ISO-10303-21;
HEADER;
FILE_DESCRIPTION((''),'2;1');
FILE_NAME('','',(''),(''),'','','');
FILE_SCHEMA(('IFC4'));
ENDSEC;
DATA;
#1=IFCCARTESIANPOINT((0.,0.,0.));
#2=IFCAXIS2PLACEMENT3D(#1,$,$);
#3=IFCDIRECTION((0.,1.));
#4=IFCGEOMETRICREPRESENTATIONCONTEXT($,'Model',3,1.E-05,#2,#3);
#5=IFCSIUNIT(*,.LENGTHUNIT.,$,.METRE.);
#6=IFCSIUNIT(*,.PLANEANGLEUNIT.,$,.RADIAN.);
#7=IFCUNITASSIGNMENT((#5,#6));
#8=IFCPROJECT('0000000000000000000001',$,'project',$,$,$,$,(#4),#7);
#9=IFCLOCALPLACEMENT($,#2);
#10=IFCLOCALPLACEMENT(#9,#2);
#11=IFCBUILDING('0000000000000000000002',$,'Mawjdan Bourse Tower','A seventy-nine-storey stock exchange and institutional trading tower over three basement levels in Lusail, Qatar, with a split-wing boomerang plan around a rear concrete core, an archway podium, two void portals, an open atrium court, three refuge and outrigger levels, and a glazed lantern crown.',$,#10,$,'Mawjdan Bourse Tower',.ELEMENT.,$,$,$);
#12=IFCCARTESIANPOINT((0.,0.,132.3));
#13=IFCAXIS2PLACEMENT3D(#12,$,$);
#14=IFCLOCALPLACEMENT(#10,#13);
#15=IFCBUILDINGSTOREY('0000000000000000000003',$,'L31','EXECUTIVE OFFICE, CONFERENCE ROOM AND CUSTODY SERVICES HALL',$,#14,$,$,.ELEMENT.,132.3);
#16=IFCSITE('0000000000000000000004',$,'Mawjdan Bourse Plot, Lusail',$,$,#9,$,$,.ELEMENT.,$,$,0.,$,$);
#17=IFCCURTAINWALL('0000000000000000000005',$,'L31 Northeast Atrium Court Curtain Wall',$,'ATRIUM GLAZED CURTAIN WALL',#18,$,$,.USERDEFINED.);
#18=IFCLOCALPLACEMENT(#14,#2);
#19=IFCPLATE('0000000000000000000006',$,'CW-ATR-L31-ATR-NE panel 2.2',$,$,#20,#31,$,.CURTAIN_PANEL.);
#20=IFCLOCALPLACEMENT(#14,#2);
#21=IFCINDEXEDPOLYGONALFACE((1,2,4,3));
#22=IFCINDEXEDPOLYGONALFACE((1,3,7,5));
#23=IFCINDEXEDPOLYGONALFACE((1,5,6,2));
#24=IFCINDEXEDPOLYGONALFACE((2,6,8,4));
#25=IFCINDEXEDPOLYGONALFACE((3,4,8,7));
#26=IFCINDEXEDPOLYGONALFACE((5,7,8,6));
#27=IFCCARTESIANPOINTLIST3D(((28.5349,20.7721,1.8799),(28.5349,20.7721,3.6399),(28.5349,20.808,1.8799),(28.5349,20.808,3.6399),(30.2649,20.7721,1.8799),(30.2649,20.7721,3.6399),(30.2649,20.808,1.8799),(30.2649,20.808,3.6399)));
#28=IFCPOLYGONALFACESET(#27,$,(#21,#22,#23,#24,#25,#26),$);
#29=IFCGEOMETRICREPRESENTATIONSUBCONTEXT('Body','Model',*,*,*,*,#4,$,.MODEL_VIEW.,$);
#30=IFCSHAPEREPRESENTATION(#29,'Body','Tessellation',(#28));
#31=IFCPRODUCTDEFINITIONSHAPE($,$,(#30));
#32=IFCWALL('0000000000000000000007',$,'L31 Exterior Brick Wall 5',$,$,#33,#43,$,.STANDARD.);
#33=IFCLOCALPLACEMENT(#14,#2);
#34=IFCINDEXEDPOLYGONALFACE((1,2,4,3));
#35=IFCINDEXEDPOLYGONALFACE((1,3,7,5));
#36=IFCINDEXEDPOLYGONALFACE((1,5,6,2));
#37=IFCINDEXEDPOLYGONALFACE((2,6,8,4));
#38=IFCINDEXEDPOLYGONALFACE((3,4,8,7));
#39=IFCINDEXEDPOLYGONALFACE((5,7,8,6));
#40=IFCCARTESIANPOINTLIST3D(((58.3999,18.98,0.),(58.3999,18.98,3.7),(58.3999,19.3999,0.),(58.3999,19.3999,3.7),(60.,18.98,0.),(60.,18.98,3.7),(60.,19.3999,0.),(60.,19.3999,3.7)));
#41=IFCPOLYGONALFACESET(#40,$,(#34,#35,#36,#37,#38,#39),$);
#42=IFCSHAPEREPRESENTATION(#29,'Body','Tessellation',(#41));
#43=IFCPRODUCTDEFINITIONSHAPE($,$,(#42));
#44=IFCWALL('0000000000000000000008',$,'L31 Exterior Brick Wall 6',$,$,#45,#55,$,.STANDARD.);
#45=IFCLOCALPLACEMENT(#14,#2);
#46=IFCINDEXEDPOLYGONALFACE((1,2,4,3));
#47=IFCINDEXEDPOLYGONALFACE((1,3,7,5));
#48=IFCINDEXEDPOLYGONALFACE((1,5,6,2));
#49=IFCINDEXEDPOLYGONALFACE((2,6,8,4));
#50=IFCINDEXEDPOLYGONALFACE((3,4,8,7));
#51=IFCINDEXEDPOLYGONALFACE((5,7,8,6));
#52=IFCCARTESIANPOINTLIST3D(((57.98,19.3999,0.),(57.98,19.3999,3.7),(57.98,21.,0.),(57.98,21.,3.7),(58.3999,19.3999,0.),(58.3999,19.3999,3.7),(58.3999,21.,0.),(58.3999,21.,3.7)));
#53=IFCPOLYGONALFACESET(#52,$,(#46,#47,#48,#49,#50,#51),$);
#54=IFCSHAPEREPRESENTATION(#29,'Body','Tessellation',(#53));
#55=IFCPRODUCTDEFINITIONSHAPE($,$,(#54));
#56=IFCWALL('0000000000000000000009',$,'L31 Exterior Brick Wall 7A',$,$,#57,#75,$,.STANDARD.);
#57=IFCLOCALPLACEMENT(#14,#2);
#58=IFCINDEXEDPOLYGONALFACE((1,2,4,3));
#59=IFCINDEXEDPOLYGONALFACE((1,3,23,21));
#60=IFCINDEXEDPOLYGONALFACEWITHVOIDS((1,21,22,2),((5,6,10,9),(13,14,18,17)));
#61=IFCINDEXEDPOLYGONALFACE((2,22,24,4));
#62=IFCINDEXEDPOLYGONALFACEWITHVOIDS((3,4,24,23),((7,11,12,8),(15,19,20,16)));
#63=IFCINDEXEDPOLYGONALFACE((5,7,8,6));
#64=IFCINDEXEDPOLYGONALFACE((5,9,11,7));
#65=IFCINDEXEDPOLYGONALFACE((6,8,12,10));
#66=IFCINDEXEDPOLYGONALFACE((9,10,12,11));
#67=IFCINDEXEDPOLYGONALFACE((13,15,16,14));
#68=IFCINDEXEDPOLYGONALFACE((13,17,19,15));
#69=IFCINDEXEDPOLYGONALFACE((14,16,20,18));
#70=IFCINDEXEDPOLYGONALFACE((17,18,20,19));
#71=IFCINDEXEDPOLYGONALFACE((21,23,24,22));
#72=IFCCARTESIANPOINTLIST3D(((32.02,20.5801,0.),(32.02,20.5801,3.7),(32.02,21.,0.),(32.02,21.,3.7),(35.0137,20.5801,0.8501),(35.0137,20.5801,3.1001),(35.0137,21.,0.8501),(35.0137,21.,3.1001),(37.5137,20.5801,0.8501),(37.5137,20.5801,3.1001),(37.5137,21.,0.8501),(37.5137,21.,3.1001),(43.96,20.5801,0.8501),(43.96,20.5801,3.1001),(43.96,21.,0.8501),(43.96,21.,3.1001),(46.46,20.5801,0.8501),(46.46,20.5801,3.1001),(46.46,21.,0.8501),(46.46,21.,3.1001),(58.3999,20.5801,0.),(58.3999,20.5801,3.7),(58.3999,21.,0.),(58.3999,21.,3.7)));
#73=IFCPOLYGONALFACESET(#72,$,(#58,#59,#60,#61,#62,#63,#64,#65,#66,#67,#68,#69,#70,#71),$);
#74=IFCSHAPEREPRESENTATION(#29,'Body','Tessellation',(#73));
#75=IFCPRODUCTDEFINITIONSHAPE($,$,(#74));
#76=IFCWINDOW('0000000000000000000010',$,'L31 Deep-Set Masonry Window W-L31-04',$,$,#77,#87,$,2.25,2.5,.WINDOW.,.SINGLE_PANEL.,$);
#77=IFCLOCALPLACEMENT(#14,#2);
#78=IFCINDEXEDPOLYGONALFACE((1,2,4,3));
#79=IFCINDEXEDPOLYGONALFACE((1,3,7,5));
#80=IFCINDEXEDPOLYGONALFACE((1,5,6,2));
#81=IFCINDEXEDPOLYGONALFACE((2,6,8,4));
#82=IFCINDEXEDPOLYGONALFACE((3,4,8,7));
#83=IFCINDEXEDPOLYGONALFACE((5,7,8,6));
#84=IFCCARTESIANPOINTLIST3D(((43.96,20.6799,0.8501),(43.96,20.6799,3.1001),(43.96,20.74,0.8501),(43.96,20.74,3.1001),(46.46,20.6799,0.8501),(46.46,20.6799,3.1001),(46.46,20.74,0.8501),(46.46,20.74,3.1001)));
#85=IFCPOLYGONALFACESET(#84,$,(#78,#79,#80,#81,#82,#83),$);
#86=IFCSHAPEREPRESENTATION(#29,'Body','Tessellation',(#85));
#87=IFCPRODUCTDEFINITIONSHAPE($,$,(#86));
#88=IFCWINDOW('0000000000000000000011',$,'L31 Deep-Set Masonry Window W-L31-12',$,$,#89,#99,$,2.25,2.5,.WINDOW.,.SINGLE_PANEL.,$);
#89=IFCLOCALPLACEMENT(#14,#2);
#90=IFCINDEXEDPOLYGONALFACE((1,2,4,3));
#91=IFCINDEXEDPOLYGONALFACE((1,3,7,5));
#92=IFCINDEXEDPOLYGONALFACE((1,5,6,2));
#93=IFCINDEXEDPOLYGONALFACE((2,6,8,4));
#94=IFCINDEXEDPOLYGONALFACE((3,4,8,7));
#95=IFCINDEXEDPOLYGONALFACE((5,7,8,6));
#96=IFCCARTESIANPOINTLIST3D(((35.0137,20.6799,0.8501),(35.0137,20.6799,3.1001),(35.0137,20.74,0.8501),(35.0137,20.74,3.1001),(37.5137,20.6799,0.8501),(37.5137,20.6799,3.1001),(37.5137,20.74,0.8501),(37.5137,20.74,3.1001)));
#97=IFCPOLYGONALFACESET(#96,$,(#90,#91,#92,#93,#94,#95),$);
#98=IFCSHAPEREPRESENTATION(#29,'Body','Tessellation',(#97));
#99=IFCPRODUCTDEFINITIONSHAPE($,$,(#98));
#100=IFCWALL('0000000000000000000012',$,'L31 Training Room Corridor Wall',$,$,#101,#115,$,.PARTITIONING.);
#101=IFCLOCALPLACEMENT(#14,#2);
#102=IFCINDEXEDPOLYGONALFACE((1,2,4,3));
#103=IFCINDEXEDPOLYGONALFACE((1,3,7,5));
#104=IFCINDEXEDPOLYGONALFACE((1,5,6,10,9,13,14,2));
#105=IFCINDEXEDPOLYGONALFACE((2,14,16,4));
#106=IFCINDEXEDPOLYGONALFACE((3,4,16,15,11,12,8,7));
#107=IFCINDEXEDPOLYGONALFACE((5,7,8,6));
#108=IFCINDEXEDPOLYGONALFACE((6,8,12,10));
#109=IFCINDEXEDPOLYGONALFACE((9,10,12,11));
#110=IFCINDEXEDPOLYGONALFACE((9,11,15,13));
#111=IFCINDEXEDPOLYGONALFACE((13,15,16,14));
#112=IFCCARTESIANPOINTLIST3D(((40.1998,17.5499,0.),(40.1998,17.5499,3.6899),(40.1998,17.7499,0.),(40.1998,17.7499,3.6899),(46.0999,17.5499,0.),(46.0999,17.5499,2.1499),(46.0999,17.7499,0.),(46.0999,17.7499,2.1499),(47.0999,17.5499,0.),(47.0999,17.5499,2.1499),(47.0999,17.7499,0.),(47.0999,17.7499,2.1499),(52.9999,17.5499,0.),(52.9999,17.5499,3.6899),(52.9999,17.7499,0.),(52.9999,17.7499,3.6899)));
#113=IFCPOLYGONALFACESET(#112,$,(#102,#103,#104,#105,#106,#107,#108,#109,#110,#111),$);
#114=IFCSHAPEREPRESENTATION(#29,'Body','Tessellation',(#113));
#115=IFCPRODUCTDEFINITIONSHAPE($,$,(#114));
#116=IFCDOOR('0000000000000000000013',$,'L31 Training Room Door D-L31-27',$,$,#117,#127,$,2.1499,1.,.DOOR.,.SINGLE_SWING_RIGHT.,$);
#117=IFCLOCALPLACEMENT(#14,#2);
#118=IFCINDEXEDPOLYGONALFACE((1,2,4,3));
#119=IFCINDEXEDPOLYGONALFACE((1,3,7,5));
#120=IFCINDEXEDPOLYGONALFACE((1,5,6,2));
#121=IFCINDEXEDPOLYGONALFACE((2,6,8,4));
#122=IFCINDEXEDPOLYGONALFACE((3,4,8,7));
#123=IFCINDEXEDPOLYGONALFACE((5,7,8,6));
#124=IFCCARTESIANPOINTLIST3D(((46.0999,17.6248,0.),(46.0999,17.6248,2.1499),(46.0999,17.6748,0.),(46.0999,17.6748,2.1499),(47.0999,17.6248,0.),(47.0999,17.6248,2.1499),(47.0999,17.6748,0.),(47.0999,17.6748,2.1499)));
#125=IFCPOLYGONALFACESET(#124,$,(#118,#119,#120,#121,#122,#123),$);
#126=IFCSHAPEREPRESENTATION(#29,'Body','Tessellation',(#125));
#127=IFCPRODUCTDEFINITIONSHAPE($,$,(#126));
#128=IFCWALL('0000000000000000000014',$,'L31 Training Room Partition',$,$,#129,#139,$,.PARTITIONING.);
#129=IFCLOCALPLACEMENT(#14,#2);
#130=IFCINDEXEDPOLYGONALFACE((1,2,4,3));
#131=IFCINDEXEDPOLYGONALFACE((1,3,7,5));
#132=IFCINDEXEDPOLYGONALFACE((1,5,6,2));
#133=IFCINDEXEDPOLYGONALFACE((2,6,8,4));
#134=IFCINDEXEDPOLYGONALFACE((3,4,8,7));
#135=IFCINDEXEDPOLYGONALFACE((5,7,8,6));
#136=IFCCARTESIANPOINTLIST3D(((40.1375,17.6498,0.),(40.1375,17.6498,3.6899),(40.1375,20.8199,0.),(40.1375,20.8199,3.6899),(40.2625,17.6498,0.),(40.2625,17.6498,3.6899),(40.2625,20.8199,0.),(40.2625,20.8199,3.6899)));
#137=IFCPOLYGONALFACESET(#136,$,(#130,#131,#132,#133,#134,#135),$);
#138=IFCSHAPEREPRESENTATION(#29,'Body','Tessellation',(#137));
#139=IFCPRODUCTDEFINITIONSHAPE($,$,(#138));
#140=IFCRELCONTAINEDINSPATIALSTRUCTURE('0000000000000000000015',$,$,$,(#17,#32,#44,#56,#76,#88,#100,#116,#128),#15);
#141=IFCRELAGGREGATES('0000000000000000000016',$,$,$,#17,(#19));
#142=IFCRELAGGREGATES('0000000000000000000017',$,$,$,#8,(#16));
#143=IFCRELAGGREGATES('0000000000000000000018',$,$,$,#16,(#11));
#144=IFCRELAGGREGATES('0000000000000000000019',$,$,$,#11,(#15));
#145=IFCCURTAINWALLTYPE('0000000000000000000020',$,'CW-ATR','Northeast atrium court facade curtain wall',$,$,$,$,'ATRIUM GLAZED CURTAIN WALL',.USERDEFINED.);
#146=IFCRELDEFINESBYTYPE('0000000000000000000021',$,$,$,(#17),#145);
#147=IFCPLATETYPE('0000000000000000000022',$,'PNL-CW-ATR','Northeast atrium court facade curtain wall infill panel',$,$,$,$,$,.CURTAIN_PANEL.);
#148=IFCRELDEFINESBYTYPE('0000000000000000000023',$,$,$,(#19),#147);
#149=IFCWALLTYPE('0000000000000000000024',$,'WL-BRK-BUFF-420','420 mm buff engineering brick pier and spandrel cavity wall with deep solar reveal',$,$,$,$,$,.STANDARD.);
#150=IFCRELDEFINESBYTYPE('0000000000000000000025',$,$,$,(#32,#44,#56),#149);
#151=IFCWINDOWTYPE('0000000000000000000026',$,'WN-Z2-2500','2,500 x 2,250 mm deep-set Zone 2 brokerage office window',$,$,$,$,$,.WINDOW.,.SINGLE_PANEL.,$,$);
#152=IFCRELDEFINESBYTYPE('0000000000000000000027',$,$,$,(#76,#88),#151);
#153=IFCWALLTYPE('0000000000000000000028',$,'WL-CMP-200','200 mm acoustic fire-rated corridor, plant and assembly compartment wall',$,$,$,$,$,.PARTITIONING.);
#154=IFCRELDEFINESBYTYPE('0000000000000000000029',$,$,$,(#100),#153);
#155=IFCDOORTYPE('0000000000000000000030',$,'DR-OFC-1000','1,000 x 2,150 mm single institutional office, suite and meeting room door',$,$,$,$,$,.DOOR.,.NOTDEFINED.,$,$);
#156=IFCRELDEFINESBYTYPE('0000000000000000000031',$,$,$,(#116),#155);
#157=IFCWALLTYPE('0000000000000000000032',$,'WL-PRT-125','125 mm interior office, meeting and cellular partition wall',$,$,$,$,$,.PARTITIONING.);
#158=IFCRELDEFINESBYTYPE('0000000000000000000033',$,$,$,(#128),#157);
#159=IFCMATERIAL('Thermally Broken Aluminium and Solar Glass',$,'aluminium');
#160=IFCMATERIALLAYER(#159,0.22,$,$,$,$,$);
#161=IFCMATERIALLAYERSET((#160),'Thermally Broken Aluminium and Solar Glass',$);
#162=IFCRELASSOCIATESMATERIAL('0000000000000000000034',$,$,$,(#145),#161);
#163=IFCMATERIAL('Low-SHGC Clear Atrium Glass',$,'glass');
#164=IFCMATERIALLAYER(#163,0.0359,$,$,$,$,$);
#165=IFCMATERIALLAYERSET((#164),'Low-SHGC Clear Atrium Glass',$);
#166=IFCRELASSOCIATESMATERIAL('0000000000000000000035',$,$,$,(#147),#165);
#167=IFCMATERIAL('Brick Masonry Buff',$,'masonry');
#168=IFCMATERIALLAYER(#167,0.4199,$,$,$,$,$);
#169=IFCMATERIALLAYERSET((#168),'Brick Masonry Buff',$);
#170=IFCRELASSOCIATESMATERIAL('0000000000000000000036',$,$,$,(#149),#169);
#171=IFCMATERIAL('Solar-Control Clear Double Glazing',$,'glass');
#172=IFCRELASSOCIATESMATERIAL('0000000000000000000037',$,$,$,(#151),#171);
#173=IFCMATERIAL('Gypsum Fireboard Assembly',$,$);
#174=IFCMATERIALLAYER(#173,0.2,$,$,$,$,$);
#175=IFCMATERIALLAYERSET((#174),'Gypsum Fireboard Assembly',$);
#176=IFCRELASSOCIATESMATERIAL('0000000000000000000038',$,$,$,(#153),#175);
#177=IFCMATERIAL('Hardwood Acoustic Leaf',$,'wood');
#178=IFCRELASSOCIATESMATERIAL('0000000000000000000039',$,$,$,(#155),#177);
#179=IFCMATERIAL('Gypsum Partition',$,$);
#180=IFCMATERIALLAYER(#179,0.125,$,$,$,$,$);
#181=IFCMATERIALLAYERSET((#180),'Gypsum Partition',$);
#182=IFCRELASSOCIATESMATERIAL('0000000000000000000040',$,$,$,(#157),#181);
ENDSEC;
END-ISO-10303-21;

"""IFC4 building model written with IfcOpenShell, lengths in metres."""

from ifc_helpers import new_model, si_unit, direction, frame, frame_2d, origin, origin_2d, place, context, subcontext, project, spatial, rectangle, extrude, material, layer, layer_set, type_object, element, fill, aggregate, save


model = new_model("IFC4")

# Units and contexts
model_context = context("Model", 3, precision=1e-05, world=origin(), true_north=direction((0.0, 1.0)))
body_context = subcontext(model_context, "Body", "Model", "MODEL_VIEW")
ifc_project = project(units=[si_unit("LENGTHUNIT", "METRE"), si_unit("PLANEANGLEUNIT", "RADIAN")], contexts=[model_context])

# Site, building, storey
site_placement = place(None, origin())
site = spatial("IfcSite", under=ifc_project, at=site_placement, Name="Mawjdan Bourse Plot, Lusail", CompositionType="ELEMENT", RefElevation=0.0)
building_placement = place(site_placement, origin())
building = spatial("IfcBuilding", under=site, at=building_placement, Name="Mawjdan Bourse Tower", Description="A seventy-nine-storey stock exchange and institutional trading tower over three basement levels in Lusail, Qatar, with a split-wing boomerang plan around a rear concrete core, an archway podium, two void portals, an open atrium court, three refuge and outrigger levels, and a glazed lantern crown.", LongName="Mawjdan Bourse Tower", CompositionType="ELEMENT")
storey_placement = place(building_placement, frame((0.0, 0.0, 132.3)))
storey = spatial("IfcBuildingStorey", under=building, at=storey_placement, Name="L31", Description="EXECUTIVE OFFICE, CONFERENCE ROOM AND CUSTODY SERVICES HALL", CompositionType="ELEMENT", Elevation=132.3)

# Curtain wall
ifc_material_1 = material(Name="Thermally Broken Aluminium and Solar Glass", Category="aluminium")
ifc_layer_1 = layer(ifc_material_1, 0.22)
ifc_layer_set_1 = layer_set([ifc_layer_1], Name="Thermally Broken Aluminium and Solar Glass")
curtain_wall_type = type_object("IfcCurtainWallType", Name="CW-ATR", Description="Northeast atrium court facade curtain wall", ElementType="ATRIUM GLAZED CURTAIN WALL", PredefinedType="USERDEFINED", material=ifc_layer_set_1)
curtain_wall_placement = place(storey_placement, origin())
curtain_wall = element("IfcCurtainWall", 1, at=curtain_wall_placement, inside=storey, type_object=curtain_wall_type, Name="L31 Northeast Atrium Court Curtain Wall", ObjectType="ATRIUM GLAZED CURTAIN WALL", PredefinedType="USERDEFINED")

# Plate
ifc_material_2 = material(Name="Low-SHGC Clear Atrium Glass", Category="glass")
ifc_layer_2 = layer(ifc_material_2, 0.0359)
ifc_layer_set_2 = layer_set([ifc_layer_2], Name="Low-SHGC Clear Atrium Glass")
plate_type = type_object("IfcPlateType", Name="PNL-CW-ATR", Description="Northeast atrium court facade curtain wall infill panel", PredefinedType="CURTAIN_PANEL", material=ifc_layer_set_2)
plate_1_placement = place(storey_placement, frame((29.3999, 20.79, 1.8799), z_axis=(0.0, 0.0, 1.0), x_axis=(-1.0, 0.0, 0.0)))
plate_1 = element("IfcPlate", 2, at=plate_1_placement, type_object=plate_type, Name="CW-ATR-L31-ATR-NE panel 2.2", PredefinedType="CURTAIN_PANEL", context=body_context, shape_type="SweptSolid", body=[
    extrude(rectangle(XDim=1.73, YDim=0.0359, at=origin_2d()), origin(), (0.0, 0.0, 1.0), 1.76),
])
aggregate(curtain_wall, [plate_1])

# Walls
ifc_material_3 = material(Name="Brick Masonry Buff", Category="masonry")
ifc_layer_3 = layer(ifc_material_3, 0.4199)
ifc_layer_set_3 = layer_set([ifc_layer_3], Name="Brick Masonry Buff")
wall_type_1 = type_object("IfcWallType", Name="WL-BRK-BUFF-420", Description="420 mm buff engineering brick pier and spandrel cavity wall with deep solar reveal", PredefinedType="STANDARD", material=ifc_layer_set_3)
for number, where, z_axis, x_axis, name in (
    (3, (60.0, 19.1899, 0.0), (0.0, 0.0, 1.0), (-1.0, 0.0, 0.0), "L31 Exterior Brick Wall 5"),
    (4, (58.1899, 19.3999, 0.0), (0.0, 0.0, 1.0), (0.0, 1.0, 0.0), "L31 Exterior Brick Wall 6"),
):
    element("IfcWall", number, at=place(storey_placement, frame(where, z_axis=z_axis, x_axis=x_axis)), inside=storey, type_object=wall_type_1, Name=name, PredefinedType="STANDARD", context=body_context, shape_type="SweptSolid", body=[
        extrude(rectangle(XDim=1.6001, YDim=0.4199, at=frame_2d((0.8, 0.0))), origin(), (0.0, 0.0, 1.0), 3.7),
    ])

# Wall, openings, windows
wall_1_placement = place(storey_placement, frame((58.3999, 20.79, 0.0), z_axis=(0.0, 0.0, 1.0), x_axis=(-1.0, 0.0, 0.0)))
wall_1 = element("IfcWall", 5, at=wall_1_placement, inside=storey, type_object=wall_type_1, Name="L31 Exterior Brick Wall 7A", PredefinedType="STANDARD", context=body_context, shape_type="SweptSolid", body=[
    extrude(rectangle(XDim=26.3799, YDim=0.4199, at=frame_2d((13.1899, 0.0))), origin(), (0.0, 0.0, 1.0), 3.7),
])
opening_1_placement = place(wall_1_placement, frame((11.9399, 0.0, 0.8501)))
opening_1 = element("IfcOpeningElement", 6, at=opening_1_placement, cuts=wall_1, PredefinedType="OPENING", context=body_context, shape_type="SweptSolid", body=[
    extrude(rectangle(XDim=2.5, YDim=2.25, at=frame_2d((1.25, 1.125))), frame((0.0, 0.22, 0.0), z_axis=(0.0, -1.0, 0.0), x_axis=(1.0, 0.0, 0.0)), (0.0, 0.0, 1.0), 0.4399),
])
opening_2_placement = place(wall_1_placement, frame((20.8862, 0.0, 0.8501)))
opening_2 = element("IfcOpeningElement", 7, at=opening_2_placement, cuts=wall_1, PredefinedType="OPENING", context=body_context, shape_type="SweptSolid", body=[
    extrude(rectangle(XDim=2.5, YDim=2.25, at=frame_2d((1.25, 1.125))), frame((0.0, 0.22, 0.0), z_axis=(0.0, -1.0, 0.0), x_axis=(1.0, 0.0, 0.0)), (0.0, 0.0, 1.0), 0.4399),
])
ifc_material_4 = material(Name="Solar-Control Clear Double Glazing", Category="glass")
window_type = type_object("IfcWindowType", Name="WN-Z2-2500", Description="2,500 x 2,250 mm deep-set Zone 2 brokerage office window", PartitioningType="SINGLE_PANEL", PredefinedType="WINDOW", material=ifc_material_4)
window_1_placement = place(opening_1_placement, origin())
window_1 = element("IfcWindow", 8, at=window_1_placement, inside=storey, type_object=window_type, Name="L31 Deep-Set Masonry Window W-L31-04", OverallHeight=2.25, OverallWidth=2.5, PartitioningType="SINGLE_PANEL", PredefinedType="WINDOW", context=body_context, shape_type="SweptSolid", body=[
    extrude(rectangle(XDim=2.5, YDim=2.25, at=frame_2d((1.25, 1.125))), frame((0.0, 0.1101, 0.0), z_axis=(0.0, -1.0, 0.0), x_axis=(1.0, 0.0, 0.0)), (0.0, 0.0, 1.0), 0.0601),
])
fill(opening_1, window_1)
window_2_placement = place(opening_2_placement, origin())
window_2 = element("IfcWindow", 9, at=window_2_placement, inside=storey, type_object=window_type, Name="L31 Deep-Set Masonry Window W-L31-12", OverallHeight=2.25, OverallWidth=2.5, PartitioningType="SINGLE_PANEL", PredefinedType="WINDOW", context=body_context, shape_type="SweptSolid", body=[
    extrude(rectangle(XDim=2.5, YDim=2.25, at=frame_2d((1.25, 1.125))), frame((0.0, 0.1101, 0.0), z_axis=(0.0, -1.0, 0.0), x_axis=(1.0, 0.0, 0.0)), (0.0, 0.0, 1.0), 0.0601),
])
fill(opening_2, window_2)

# Wall, opening, door
ifc_material_5 = material(Name="Gypsum Fireboard Assembly")
ifc_layer_4 = layer(ifc_material_5, 0.2)
ifc_layer_set_4 = layer_set([ifc_layer_4], Name="Gypsum Fireboard Assembly")
wall_type_2 = type_object("IfcWallType", Name="WL-CMP-200", Description="200 mm acoustic fire-rated corridor, plant and assembly compartment wall", PredefinedType="PARTITIONING", material=ifc_layer_set_4)
wall_2_placement = place(storey_placement, frame((40.2, 17.6499, 0.0), z_axis=(0.0, 0.0, 1.0), x_axis=(1.0, 0.0, 0.0)))
wall_2 = element("IfcWall", 10, at=wall_2_placement, inside=storey, type_object=wall_type_2, Name="L31 Training Room Corridor Wall", PredefinedType="PARTITIONING", context=body_context, shape_type="SweptSolid", body=[
    extrude(rectangle(XDim=12.8, YDim=0.2, at=frame_2d((6.3999, 0.0))), origin(), (0.0, 0.0, 1.0), 3.6899),
])
opening_3_placement = place(wall_2_placement, frame((5.8999, 0.0, 0.0)))
opening_3 = element("IfcOpeningElement", 11, at=opening_3_placement, cuts=wall_2, PredefinedType="OPENING", context=body_context, shape_type="SweptSolid", body=[
    extrude(rectangle(XDim=1.0, YDim=2.1499, at=frame_2d((0.5, 1.075))), frame((0.0, 0.1099, 0.0), z_axis=(0.0, -1.0, 0.0), x_axis=(1.0, 0.0, 0.0)), (0.0, 0.0, 1.0), 0.22),
])
ifc_material_6 = material(Name="Hardwood Acoustic Leaf", Category="wood")
door_type = type_object("IfcDoorType", Name="DR-OFC-1000", Description="1,000 x 2,150 mm single institutional office, suite and meeting room door", OperationType="NOTDEFINED", PredefinedType="DOOR", material=ifc_material_6)
door_placement = place(opening_3_placement, origin())
door = element("IfcDoor", 12, at=door_placement, inside=storey, type_object=door_type, Name="L31 Training Room Door D-L31-27", OperationType="SINGLE_SWING_RIGHT", OverallHeight=2.1499, OverallWidth=1.0, PredefinedType="DOOR", context=body_context, shape_type="SweptSolid", body=[
    extrude(rectangle(XDim=1.0, YDim=2.1499, at=frame_2d((0.5, 1.075))), frame((0.0, 0.0249, 0.0), z_axis=(0.0, -1.0, 0.0), x_axis=(1.0, 0.0, 0.0)), (0.0, 0.0, 1.0), 0.05),
])
fill(opening_3, door)

# Wall
ifc_material_7 = material(Name="Gypsum Partition")
ifc_layer_5 = layer(ifc_material_7, 0.125)
ifc_layer_set_5 = layer_set([ifc_layer_5], Name="Gypsum Partition")
wall_type_3 = type_object("IfcWallType", Name="WL-PRT-125", Description="125 mm interior office, meeting and cellular partition wall", PredefinedType="PARTITIONING", material=ifc_layer_set_5)
wall_3_placement = place(storey_placement, frame((40.2, 17.6499, 0.0), z_axis=(0.0, 0.0, 1.0), x_axis=(0.0, 1.0, 0.0)))
element("IfcWall", 13, at=wall_3_placement, inside=storey, type_object=wall_type_3, Name="L31 Training Room Partition", PredefinedType="PARTITIONING", context=body_context, shape_type="SweptSolid", body=[
    extrude(rectangle(XDim=3.1702, YDim=0.125, at=frame_2d((1.585, 0.0))), origin(), (0.0, 0.0, 1.0), 3.6899),
])

save(model, "model.ifc")
